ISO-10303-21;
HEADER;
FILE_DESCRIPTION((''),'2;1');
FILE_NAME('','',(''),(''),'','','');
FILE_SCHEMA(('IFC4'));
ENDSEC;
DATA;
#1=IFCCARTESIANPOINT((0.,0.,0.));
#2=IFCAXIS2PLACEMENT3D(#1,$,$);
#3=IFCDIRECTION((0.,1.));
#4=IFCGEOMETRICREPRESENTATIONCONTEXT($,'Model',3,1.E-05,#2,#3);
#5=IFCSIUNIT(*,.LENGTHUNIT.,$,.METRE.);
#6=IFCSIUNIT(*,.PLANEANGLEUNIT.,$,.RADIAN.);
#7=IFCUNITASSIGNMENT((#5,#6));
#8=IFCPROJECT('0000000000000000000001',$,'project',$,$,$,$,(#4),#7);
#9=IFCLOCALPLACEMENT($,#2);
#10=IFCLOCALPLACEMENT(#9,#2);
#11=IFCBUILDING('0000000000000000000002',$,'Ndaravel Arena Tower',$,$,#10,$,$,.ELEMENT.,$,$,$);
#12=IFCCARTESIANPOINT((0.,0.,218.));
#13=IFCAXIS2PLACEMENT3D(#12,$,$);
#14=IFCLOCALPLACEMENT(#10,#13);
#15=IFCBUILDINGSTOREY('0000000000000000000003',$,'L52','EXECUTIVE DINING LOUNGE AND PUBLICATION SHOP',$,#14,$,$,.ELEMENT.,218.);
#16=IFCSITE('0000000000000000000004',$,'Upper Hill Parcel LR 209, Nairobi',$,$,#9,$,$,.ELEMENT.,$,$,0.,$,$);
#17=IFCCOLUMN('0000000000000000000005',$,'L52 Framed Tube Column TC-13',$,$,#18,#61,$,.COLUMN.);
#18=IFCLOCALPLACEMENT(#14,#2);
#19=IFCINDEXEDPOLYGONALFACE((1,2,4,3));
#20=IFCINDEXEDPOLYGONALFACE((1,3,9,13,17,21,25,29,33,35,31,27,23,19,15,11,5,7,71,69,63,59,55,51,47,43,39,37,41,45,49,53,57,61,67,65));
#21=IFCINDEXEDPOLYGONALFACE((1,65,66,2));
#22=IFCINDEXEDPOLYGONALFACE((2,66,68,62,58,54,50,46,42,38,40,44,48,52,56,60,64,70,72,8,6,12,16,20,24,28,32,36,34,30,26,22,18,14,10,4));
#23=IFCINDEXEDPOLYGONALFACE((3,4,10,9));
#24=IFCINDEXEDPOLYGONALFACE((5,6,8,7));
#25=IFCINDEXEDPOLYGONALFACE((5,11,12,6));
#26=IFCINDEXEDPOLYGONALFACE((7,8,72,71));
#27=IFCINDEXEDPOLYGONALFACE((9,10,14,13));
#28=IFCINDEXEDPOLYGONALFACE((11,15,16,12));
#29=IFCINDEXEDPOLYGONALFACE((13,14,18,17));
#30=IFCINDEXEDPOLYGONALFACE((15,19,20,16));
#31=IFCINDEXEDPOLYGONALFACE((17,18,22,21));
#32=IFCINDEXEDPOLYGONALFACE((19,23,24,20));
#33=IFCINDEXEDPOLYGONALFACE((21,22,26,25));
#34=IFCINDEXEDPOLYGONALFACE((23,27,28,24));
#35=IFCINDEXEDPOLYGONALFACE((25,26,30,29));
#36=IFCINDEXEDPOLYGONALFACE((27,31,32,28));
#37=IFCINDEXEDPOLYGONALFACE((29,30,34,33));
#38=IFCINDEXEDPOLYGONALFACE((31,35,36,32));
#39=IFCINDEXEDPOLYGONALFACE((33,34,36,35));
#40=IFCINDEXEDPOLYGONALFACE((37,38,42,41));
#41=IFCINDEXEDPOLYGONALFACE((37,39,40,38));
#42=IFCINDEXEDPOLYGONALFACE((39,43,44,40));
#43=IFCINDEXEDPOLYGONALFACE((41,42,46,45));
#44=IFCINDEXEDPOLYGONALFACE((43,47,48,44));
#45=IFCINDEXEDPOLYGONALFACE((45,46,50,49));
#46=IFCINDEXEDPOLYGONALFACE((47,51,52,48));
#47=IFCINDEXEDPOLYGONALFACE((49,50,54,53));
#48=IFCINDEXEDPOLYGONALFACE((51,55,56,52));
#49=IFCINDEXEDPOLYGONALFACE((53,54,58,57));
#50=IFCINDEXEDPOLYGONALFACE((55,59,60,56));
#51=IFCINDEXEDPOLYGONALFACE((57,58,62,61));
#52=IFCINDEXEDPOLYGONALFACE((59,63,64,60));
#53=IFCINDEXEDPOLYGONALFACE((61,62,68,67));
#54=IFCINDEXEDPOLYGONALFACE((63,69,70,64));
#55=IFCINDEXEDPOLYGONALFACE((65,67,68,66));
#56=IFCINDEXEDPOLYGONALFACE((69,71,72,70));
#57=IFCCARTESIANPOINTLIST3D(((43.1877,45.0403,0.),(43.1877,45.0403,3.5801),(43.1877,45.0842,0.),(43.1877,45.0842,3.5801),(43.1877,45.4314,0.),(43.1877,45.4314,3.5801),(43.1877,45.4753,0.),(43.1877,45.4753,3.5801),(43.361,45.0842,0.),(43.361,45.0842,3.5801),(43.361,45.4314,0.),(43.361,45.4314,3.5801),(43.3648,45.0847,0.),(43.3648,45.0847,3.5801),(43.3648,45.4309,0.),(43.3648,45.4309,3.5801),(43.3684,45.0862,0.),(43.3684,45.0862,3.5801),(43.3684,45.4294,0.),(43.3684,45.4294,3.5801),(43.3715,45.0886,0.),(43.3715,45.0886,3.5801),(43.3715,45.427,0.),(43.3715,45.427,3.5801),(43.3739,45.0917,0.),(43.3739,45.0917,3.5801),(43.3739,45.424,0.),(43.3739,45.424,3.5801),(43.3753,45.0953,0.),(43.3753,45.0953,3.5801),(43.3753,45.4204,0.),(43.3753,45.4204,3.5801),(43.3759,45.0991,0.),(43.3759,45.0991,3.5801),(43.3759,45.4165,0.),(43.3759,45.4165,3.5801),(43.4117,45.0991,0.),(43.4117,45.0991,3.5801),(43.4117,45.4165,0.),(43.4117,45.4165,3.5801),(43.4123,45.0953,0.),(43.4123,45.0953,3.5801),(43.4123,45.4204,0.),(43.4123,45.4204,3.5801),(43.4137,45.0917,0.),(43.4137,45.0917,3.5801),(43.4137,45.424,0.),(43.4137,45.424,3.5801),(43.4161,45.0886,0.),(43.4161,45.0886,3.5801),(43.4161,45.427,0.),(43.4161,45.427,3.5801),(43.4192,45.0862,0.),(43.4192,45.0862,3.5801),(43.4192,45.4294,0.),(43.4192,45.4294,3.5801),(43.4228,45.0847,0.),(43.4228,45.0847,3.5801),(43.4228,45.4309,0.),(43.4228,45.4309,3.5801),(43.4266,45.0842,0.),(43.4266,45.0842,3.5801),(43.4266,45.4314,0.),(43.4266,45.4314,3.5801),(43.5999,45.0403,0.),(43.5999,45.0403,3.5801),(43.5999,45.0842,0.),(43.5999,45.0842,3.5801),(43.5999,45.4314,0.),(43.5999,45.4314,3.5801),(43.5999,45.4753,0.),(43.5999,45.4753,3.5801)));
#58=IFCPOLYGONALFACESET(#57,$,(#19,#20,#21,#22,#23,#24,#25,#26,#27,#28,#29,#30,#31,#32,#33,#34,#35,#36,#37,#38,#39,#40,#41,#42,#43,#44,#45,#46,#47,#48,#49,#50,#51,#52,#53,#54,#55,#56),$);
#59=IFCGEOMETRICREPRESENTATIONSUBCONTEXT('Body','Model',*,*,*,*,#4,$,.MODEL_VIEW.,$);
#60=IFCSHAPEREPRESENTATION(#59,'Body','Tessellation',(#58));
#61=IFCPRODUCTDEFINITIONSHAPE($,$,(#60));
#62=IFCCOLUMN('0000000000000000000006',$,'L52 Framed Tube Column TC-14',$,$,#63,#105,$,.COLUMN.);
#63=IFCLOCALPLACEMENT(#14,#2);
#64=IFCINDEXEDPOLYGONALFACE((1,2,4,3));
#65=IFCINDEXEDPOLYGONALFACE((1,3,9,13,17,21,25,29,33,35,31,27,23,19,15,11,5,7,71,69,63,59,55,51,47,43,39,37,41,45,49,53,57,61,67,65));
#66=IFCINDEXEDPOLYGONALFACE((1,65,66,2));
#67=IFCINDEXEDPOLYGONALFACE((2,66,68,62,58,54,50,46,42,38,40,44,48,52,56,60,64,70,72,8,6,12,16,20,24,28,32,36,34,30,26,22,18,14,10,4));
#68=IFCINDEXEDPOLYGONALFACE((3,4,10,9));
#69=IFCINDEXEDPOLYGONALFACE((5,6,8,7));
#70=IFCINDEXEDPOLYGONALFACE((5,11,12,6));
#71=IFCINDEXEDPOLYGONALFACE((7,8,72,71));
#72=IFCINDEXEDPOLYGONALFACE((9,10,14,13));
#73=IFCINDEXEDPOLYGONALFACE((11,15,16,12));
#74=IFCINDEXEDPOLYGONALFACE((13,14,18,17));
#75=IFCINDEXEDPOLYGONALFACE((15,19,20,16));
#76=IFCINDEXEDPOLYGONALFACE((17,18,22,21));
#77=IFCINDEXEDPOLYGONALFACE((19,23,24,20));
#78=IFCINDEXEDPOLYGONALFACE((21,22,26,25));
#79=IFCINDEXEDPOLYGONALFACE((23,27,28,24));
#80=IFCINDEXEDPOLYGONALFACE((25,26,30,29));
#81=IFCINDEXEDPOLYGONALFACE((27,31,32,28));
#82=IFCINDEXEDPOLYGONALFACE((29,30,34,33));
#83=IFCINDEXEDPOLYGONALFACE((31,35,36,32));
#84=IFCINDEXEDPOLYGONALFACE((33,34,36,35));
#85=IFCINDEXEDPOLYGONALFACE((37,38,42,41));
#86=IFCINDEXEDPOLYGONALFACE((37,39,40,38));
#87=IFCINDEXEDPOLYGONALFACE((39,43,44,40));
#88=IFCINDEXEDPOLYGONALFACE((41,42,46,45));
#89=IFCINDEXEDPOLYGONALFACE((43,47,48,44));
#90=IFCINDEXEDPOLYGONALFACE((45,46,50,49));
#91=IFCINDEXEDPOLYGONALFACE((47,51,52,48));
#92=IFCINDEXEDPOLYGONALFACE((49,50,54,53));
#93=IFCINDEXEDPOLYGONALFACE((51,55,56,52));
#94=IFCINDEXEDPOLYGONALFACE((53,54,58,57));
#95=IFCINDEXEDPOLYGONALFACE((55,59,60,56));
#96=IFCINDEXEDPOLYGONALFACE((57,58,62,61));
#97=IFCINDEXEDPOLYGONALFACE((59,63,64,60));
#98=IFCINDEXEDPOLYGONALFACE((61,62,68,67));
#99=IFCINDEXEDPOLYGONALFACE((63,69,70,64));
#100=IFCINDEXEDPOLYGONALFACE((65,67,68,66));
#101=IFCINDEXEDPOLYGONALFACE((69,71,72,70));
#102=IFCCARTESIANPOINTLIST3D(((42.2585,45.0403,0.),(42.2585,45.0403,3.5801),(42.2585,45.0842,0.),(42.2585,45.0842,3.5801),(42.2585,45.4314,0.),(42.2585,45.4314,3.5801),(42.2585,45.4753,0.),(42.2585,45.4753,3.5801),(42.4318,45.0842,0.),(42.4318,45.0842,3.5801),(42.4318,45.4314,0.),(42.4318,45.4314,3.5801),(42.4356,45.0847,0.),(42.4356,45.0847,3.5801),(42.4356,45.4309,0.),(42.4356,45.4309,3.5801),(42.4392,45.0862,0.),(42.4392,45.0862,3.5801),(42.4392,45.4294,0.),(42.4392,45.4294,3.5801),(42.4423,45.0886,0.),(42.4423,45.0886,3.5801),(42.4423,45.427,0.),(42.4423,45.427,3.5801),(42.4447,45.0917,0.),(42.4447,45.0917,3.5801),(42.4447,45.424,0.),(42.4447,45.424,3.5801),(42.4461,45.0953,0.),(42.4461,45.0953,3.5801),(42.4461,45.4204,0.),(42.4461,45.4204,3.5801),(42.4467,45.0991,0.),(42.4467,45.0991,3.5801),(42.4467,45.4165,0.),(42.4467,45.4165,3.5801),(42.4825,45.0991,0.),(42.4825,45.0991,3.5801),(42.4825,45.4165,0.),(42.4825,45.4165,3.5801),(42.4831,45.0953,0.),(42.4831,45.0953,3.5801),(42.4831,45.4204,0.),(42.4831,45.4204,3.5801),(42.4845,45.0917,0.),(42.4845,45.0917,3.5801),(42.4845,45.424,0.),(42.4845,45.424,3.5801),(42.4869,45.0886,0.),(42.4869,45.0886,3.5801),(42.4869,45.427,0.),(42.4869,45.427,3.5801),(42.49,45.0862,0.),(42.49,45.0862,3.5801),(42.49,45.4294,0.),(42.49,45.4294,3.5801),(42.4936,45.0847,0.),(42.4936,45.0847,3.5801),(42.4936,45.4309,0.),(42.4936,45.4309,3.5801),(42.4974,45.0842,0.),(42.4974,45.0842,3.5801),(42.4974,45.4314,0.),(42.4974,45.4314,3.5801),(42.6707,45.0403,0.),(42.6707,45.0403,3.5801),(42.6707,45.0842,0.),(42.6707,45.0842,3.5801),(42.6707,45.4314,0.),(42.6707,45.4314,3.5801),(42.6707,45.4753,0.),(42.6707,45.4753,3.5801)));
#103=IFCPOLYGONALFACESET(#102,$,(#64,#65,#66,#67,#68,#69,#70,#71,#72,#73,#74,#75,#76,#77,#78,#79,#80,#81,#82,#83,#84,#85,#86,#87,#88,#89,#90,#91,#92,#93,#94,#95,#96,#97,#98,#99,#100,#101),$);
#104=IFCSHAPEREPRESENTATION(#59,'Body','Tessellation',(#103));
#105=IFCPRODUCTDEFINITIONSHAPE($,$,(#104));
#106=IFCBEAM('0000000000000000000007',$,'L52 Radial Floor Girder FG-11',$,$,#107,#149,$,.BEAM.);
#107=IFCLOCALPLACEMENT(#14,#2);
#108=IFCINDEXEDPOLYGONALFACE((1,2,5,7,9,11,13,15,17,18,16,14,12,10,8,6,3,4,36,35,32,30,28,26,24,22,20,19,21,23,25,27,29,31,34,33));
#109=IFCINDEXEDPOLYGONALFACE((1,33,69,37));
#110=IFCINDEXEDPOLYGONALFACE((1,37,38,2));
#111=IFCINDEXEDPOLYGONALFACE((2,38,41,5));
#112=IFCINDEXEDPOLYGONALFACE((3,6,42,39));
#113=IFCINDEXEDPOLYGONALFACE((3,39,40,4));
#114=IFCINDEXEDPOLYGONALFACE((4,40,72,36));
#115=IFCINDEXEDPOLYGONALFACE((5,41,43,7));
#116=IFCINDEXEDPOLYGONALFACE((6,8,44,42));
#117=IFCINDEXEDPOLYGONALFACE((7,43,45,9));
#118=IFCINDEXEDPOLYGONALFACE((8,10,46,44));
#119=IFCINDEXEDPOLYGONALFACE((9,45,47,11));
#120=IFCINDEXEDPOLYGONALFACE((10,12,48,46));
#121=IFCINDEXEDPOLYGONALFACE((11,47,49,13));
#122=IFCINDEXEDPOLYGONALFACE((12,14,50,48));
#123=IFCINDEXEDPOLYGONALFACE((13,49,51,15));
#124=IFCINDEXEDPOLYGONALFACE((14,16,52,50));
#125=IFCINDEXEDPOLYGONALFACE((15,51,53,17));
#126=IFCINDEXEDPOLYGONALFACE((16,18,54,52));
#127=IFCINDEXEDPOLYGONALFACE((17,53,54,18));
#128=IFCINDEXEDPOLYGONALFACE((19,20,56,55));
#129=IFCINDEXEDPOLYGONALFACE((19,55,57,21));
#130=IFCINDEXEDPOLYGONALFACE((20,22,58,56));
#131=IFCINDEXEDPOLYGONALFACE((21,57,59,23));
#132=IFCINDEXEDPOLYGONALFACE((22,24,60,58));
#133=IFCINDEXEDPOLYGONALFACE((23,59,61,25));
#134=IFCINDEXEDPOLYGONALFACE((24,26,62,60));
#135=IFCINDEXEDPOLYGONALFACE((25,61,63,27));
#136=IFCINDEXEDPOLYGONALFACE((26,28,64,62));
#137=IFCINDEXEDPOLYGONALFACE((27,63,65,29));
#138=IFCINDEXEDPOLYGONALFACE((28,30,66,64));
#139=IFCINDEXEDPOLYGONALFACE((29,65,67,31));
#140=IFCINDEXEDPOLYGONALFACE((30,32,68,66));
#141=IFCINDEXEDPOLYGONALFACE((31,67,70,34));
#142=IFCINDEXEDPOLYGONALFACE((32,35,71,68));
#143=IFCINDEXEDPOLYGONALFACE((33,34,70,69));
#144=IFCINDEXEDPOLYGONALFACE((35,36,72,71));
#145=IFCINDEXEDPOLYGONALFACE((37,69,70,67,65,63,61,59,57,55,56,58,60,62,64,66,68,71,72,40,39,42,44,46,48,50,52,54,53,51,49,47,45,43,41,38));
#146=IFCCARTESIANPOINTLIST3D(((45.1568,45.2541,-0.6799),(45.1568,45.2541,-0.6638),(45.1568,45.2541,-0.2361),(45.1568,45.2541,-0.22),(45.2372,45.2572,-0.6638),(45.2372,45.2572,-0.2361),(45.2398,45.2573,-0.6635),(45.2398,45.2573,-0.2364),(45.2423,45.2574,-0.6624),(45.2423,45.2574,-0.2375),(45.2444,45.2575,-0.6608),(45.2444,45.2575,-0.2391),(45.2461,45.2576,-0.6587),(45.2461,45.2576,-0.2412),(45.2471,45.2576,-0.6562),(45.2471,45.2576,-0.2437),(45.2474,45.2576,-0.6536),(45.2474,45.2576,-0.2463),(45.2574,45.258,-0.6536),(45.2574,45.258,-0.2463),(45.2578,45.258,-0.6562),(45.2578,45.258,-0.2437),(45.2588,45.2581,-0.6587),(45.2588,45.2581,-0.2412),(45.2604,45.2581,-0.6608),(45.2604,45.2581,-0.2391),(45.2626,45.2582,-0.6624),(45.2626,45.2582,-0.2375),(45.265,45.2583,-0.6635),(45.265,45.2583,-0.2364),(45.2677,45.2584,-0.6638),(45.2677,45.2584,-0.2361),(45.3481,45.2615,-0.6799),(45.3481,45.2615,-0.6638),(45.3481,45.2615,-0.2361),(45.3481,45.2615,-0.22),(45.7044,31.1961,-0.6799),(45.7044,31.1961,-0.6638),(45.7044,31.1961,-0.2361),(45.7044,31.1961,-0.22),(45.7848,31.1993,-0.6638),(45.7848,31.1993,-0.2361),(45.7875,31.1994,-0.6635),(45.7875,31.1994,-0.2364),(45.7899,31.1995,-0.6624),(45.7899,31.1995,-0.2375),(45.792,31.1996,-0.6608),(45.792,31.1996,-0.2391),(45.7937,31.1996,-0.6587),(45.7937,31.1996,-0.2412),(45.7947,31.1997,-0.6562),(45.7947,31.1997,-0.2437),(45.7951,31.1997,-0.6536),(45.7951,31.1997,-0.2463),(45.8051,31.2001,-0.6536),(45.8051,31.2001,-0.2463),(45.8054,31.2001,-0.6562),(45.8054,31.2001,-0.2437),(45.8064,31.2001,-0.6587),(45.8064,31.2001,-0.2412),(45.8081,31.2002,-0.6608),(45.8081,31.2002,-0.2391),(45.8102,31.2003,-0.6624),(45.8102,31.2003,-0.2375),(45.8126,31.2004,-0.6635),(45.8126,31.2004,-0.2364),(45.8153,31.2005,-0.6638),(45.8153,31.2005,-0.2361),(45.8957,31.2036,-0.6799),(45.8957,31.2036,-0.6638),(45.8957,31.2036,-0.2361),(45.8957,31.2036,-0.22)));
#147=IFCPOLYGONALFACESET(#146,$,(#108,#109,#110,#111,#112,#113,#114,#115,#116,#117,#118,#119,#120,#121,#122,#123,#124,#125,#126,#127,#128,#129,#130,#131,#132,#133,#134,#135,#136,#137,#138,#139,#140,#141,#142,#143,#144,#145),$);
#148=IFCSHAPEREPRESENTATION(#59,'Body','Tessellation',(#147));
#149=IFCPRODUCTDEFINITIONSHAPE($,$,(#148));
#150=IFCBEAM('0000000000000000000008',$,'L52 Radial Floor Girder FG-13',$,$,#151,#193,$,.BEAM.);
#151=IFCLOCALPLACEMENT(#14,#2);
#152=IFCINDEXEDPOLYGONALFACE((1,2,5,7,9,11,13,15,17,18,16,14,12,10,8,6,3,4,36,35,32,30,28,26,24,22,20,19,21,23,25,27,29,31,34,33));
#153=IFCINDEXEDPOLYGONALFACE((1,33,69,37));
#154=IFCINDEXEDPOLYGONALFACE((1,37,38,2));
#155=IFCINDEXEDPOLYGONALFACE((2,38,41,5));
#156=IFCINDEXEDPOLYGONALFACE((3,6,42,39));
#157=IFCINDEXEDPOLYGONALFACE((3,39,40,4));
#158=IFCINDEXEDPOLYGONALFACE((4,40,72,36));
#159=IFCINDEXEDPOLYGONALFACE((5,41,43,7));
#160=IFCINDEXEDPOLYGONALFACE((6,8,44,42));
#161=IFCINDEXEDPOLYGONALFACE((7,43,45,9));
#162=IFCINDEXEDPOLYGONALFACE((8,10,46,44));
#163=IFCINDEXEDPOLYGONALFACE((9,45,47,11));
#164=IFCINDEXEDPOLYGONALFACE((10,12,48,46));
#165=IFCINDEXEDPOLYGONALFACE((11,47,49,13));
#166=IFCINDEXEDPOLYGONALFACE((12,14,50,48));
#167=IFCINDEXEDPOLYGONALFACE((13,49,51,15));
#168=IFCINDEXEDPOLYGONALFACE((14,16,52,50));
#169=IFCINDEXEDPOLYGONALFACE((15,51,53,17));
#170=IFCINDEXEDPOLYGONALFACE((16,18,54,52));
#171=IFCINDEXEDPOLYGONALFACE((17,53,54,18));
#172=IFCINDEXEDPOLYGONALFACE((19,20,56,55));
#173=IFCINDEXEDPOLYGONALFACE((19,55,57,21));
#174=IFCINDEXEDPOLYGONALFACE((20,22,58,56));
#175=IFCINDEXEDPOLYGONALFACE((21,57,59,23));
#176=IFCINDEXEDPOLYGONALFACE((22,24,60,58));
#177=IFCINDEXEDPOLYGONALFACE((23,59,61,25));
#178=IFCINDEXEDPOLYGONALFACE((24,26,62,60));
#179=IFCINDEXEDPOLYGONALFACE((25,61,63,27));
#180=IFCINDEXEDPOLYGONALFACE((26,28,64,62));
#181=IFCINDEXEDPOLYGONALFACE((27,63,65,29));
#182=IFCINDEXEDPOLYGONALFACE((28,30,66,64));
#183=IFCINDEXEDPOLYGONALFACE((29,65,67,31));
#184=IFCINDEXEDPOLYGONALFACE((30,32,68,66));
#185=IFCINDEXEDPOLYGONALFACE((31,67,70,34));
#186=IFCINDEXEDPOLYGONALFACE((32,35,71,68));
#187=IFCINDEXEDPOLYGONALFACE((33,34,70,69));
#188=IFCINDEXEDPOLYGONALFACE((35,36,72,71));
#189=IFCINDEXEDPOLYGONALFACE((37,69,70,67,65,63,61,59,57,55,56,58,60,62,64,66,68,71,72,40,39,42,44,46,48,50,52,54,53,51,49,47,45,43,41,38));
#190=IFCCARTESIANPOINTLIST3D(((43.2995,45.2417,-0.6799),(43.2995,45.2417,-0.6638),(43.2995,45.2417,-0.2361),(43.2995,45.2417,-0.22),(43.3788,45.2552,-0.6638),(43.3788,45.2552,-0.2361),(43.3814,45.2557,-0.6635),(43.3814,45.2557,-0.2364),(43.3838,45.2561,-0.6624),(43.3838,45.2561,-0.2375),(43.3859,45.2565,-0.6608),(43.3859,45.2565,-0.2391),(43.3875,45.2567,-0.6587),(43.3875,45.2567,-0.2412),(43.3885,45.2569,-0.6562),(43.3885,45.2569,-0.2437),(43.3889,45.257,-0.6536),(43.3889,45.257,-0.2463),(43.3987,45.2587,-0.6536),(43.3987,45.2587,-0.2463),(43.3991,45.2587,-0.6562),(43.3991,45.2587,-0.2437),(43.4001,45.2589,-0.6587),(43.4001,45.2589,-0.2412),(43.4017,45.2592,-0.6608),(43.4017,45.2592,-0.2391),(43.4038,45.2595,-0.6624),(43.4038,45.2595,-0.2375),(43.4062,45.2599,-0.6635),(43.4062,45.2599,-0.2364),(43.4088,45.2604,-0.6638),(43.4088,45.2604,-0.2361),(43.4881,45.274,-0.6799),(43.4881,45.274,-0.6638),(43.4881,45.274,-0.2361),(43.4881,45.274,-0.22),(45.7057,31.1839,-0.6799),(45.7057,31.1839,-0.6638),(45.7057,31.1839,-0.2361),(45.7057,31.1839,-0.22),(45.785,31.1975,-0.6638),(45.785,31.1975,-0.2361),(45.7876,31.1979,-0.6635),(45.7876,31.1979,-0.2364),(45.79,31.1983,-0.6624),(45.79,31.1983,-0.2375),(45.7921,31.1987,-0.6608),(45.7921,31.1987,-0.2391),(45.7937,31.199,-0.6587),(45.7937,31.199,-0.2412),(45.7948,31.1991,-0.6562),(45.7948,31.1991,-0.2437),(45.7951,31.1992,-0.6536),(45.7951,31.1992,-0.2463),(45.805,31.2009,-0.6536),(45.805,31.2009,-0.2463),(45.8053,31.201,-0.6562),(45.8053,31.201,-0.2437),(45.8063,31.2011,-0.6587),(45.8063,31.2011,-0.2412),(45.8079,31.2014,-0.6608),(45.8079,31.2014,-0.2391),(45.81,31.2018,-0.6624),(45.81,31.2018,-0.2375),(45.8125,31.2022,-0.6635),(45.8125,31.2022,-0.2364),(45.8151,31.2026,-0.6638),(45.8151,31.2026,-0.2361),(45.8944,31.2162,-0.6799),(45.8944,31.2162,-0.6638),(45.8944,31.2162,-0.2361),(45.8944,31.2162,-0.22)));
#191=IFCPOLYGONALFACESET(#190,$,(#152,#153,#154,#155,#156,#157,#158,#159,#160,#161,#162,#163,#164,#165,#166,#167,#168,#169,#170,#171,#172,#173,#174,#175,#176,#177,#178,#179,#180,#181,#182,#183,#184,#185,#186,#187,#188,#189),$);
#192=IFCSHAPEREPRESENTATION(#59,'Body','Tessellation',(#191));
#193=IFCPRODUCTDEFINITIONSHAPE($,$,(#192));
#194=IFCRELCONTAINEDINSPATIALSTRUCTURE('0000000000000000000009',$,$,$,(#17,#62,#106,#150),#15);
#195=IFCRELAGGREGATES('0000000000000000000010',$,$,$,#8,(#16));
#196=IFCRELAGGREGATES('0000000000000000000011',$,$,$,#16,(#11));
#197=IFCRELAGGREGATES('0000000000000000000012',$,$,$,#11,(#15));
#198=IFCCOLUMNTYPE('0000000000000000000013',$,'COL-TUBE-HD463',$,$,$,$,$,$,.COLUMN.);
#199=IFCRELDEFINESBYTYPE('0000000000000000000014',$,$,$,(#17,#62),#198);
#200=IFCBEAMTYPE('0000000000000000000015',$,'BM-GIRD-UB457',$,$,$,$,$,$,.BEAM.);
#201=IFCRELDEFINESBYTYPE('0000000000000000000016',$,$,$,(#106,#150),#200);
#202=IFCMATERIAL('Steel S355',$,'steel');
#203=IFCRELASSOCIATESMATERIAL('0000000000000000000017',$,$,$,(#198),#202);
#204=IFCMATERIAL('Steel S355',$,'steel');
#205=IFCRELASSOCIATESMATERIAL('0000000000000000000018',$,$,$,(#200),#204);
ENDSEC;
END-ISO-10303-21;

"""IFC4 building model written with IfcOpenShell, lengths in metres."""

from ifc_helpers import new_model, si_unit, direction, frame, origin, origin_2d, place, context, subcontext, project, spatial, i_section, extrude, material, material_profile, profile_set, type_object, element, save


model = new_model("IFC4")

# Units and contexts
model_context = context("Model", 3, precision=1e-05, world=origin(), true_north=direction((0.0, 1.0)))
body_context = subcontext(model_context, "Body", "Model", "MODEL_VIEW")
ifc_project = project(units=[si_unit("LENGTHUNIT", "METRE"), si_unit("PLANEANGLEUNIT", "RADIAN")], contexts=[model_context])

# Site, building, storey
site_placement = place(None, origin())
site = spatial("IfcSite", under=ifc_project, at=site_placement, Name="Upper Hill Parcel LR 209, Nairobi", CompositionType="ELEMENT", RefElevation=0.0)
building_placement = place(site_placement, origin())
building = spatial("IfcBuilding", under=site, at=building_placement, Name="Ndaravel Arena Tower", CompositionType="ELEMENT")
storey_placement = place(building_placement, frame((0.0, 0.0, 218.0)))
storey = spatial("IfcBuildingStorey", under=building, at=storey_placement, Name="L52", Description="EXECUTIVE DINING LOUNGE AND PUBLICATION SHOP", CompositionType="ELEMENT", Elevation=218.0)

# Columns
ifc_material_1 = material(Name="Steel S355", Category="steel")
ifc_material_profile_1 = material_profile(ifc_material_1, i_section(OverallWidth=0.4121, OverallDepth=0.4351, WebThickness=0.0359, FlangeThickness=0.0439, FilletRadius=0.0149, at=origin_2d()), Name="HD 400x463")
ifc_profile_set_1 = profile_set([ifc_material_profile_1], Name="Steel S355")
column_type_1 = type_object("IfcColumnType", Name="COL-TUBE-HD463", PredefinedType="COLUMN", material=ifc_profile_set_1)
for number, where, z_axis, x_axis, name in (
    (1, (43.3938, 45.2578, 0.0), (0.0, 0.0, 1.0), (1.0, 0.0, 0.0), "L52 Framed Tube Column TC-13"),
    (2, (42.4646, 45.2578, 0.0), (0.0, 0.0, 1.0), (1.0, 0.0, 0.0), "L52 Framed Tube Column TC-14"),
):
    element("IfcColumn", number, at=place(storey_placement, frame(where, z_axis=z_axis, x_axis=x_axis)), inside=storey, type_object=column_type_1, Name=name, PredefinedType="COLUMN", context=body_context, shape_type="SweptSolid", body=[
        extrude(i_section(OverallWidth=0.4121, OverallDepth=0.4351, WebThickness=0.0359, FlangeThickness=0.0439, FilletRadius=0.0149, at=origin_2d()), origin(), (0.0, 0.0, 1.0), 3.5801),
    ])

# Beams
ifc_material_2 = material(Name="Steel S355", Category="steel")
ifc_material_profile_2 = material_profile(ifc_material_2, i_section(OverallWidth=0.1914, OverallDepth=0.46, WebThickness=0.01, FlangeThickness=0.0161, FilletRadius=0.0103, at=origin_2d()), Name="UB 457x191x82")
ifc_profile_set_2 = profile_set([ifc_material_profile_2], Name="Steel S355")
beam_type_1 = type_object("IfcBeamType", Name="BM-GIRD-UB457", PredefinedType="BEAM", material=ifc_profile_set_2)
beam_1_placement = place(storey_placement, frame((45.2524, 45.2578, -0.45), z_axis=(0.038924, -0.999242, 0.0), x_axis=(0.999242, 0.038924, 0.0)))
element("IfcBeam", 3, at=beam_1_placement, inside=storey, type_object=beam_type_1, Name="L52 Radial Floor Girder FG-11", PredefinedType="BEAM", context=body_context, shape_type="SweptSolid", body=[
    extrude(i_section(OverallWidth=0.1914, OverallDepth=0.46, WebThickness=0.01, FlangeThickness=0.0161, FilletRadius=0.0103, at=origin_2d()), origin(), (0.0, 0.0, 1.0), 14.0686),
])
beam_2_placement = place(storey_placement, frame((43.3938, 45.2578, -0.45), z_axis=(0.168714, -0.985665, 0.0), x_axis=(0.985665, 0.168714, 0.0)))
element("IfcBeam", 4, at=beam_2_placement, inside=storey, type_object=beam_type_1, Name="L52 Radial Floor Girder FG-13", PredefinedType="BEAM", context=body_context, shape_type="SweptSolid", body=[
    extrude(i_section(OverallWidth=0.1914, OverallDepth=0.46, WebThickness=0.01, FlangeThickness=0.0161, FilletRadius=0.0103, at=origin_2d()), origin(), (0.0, 0.0, 1.0), 14.2622),
])

save(model, "model.ifc")
